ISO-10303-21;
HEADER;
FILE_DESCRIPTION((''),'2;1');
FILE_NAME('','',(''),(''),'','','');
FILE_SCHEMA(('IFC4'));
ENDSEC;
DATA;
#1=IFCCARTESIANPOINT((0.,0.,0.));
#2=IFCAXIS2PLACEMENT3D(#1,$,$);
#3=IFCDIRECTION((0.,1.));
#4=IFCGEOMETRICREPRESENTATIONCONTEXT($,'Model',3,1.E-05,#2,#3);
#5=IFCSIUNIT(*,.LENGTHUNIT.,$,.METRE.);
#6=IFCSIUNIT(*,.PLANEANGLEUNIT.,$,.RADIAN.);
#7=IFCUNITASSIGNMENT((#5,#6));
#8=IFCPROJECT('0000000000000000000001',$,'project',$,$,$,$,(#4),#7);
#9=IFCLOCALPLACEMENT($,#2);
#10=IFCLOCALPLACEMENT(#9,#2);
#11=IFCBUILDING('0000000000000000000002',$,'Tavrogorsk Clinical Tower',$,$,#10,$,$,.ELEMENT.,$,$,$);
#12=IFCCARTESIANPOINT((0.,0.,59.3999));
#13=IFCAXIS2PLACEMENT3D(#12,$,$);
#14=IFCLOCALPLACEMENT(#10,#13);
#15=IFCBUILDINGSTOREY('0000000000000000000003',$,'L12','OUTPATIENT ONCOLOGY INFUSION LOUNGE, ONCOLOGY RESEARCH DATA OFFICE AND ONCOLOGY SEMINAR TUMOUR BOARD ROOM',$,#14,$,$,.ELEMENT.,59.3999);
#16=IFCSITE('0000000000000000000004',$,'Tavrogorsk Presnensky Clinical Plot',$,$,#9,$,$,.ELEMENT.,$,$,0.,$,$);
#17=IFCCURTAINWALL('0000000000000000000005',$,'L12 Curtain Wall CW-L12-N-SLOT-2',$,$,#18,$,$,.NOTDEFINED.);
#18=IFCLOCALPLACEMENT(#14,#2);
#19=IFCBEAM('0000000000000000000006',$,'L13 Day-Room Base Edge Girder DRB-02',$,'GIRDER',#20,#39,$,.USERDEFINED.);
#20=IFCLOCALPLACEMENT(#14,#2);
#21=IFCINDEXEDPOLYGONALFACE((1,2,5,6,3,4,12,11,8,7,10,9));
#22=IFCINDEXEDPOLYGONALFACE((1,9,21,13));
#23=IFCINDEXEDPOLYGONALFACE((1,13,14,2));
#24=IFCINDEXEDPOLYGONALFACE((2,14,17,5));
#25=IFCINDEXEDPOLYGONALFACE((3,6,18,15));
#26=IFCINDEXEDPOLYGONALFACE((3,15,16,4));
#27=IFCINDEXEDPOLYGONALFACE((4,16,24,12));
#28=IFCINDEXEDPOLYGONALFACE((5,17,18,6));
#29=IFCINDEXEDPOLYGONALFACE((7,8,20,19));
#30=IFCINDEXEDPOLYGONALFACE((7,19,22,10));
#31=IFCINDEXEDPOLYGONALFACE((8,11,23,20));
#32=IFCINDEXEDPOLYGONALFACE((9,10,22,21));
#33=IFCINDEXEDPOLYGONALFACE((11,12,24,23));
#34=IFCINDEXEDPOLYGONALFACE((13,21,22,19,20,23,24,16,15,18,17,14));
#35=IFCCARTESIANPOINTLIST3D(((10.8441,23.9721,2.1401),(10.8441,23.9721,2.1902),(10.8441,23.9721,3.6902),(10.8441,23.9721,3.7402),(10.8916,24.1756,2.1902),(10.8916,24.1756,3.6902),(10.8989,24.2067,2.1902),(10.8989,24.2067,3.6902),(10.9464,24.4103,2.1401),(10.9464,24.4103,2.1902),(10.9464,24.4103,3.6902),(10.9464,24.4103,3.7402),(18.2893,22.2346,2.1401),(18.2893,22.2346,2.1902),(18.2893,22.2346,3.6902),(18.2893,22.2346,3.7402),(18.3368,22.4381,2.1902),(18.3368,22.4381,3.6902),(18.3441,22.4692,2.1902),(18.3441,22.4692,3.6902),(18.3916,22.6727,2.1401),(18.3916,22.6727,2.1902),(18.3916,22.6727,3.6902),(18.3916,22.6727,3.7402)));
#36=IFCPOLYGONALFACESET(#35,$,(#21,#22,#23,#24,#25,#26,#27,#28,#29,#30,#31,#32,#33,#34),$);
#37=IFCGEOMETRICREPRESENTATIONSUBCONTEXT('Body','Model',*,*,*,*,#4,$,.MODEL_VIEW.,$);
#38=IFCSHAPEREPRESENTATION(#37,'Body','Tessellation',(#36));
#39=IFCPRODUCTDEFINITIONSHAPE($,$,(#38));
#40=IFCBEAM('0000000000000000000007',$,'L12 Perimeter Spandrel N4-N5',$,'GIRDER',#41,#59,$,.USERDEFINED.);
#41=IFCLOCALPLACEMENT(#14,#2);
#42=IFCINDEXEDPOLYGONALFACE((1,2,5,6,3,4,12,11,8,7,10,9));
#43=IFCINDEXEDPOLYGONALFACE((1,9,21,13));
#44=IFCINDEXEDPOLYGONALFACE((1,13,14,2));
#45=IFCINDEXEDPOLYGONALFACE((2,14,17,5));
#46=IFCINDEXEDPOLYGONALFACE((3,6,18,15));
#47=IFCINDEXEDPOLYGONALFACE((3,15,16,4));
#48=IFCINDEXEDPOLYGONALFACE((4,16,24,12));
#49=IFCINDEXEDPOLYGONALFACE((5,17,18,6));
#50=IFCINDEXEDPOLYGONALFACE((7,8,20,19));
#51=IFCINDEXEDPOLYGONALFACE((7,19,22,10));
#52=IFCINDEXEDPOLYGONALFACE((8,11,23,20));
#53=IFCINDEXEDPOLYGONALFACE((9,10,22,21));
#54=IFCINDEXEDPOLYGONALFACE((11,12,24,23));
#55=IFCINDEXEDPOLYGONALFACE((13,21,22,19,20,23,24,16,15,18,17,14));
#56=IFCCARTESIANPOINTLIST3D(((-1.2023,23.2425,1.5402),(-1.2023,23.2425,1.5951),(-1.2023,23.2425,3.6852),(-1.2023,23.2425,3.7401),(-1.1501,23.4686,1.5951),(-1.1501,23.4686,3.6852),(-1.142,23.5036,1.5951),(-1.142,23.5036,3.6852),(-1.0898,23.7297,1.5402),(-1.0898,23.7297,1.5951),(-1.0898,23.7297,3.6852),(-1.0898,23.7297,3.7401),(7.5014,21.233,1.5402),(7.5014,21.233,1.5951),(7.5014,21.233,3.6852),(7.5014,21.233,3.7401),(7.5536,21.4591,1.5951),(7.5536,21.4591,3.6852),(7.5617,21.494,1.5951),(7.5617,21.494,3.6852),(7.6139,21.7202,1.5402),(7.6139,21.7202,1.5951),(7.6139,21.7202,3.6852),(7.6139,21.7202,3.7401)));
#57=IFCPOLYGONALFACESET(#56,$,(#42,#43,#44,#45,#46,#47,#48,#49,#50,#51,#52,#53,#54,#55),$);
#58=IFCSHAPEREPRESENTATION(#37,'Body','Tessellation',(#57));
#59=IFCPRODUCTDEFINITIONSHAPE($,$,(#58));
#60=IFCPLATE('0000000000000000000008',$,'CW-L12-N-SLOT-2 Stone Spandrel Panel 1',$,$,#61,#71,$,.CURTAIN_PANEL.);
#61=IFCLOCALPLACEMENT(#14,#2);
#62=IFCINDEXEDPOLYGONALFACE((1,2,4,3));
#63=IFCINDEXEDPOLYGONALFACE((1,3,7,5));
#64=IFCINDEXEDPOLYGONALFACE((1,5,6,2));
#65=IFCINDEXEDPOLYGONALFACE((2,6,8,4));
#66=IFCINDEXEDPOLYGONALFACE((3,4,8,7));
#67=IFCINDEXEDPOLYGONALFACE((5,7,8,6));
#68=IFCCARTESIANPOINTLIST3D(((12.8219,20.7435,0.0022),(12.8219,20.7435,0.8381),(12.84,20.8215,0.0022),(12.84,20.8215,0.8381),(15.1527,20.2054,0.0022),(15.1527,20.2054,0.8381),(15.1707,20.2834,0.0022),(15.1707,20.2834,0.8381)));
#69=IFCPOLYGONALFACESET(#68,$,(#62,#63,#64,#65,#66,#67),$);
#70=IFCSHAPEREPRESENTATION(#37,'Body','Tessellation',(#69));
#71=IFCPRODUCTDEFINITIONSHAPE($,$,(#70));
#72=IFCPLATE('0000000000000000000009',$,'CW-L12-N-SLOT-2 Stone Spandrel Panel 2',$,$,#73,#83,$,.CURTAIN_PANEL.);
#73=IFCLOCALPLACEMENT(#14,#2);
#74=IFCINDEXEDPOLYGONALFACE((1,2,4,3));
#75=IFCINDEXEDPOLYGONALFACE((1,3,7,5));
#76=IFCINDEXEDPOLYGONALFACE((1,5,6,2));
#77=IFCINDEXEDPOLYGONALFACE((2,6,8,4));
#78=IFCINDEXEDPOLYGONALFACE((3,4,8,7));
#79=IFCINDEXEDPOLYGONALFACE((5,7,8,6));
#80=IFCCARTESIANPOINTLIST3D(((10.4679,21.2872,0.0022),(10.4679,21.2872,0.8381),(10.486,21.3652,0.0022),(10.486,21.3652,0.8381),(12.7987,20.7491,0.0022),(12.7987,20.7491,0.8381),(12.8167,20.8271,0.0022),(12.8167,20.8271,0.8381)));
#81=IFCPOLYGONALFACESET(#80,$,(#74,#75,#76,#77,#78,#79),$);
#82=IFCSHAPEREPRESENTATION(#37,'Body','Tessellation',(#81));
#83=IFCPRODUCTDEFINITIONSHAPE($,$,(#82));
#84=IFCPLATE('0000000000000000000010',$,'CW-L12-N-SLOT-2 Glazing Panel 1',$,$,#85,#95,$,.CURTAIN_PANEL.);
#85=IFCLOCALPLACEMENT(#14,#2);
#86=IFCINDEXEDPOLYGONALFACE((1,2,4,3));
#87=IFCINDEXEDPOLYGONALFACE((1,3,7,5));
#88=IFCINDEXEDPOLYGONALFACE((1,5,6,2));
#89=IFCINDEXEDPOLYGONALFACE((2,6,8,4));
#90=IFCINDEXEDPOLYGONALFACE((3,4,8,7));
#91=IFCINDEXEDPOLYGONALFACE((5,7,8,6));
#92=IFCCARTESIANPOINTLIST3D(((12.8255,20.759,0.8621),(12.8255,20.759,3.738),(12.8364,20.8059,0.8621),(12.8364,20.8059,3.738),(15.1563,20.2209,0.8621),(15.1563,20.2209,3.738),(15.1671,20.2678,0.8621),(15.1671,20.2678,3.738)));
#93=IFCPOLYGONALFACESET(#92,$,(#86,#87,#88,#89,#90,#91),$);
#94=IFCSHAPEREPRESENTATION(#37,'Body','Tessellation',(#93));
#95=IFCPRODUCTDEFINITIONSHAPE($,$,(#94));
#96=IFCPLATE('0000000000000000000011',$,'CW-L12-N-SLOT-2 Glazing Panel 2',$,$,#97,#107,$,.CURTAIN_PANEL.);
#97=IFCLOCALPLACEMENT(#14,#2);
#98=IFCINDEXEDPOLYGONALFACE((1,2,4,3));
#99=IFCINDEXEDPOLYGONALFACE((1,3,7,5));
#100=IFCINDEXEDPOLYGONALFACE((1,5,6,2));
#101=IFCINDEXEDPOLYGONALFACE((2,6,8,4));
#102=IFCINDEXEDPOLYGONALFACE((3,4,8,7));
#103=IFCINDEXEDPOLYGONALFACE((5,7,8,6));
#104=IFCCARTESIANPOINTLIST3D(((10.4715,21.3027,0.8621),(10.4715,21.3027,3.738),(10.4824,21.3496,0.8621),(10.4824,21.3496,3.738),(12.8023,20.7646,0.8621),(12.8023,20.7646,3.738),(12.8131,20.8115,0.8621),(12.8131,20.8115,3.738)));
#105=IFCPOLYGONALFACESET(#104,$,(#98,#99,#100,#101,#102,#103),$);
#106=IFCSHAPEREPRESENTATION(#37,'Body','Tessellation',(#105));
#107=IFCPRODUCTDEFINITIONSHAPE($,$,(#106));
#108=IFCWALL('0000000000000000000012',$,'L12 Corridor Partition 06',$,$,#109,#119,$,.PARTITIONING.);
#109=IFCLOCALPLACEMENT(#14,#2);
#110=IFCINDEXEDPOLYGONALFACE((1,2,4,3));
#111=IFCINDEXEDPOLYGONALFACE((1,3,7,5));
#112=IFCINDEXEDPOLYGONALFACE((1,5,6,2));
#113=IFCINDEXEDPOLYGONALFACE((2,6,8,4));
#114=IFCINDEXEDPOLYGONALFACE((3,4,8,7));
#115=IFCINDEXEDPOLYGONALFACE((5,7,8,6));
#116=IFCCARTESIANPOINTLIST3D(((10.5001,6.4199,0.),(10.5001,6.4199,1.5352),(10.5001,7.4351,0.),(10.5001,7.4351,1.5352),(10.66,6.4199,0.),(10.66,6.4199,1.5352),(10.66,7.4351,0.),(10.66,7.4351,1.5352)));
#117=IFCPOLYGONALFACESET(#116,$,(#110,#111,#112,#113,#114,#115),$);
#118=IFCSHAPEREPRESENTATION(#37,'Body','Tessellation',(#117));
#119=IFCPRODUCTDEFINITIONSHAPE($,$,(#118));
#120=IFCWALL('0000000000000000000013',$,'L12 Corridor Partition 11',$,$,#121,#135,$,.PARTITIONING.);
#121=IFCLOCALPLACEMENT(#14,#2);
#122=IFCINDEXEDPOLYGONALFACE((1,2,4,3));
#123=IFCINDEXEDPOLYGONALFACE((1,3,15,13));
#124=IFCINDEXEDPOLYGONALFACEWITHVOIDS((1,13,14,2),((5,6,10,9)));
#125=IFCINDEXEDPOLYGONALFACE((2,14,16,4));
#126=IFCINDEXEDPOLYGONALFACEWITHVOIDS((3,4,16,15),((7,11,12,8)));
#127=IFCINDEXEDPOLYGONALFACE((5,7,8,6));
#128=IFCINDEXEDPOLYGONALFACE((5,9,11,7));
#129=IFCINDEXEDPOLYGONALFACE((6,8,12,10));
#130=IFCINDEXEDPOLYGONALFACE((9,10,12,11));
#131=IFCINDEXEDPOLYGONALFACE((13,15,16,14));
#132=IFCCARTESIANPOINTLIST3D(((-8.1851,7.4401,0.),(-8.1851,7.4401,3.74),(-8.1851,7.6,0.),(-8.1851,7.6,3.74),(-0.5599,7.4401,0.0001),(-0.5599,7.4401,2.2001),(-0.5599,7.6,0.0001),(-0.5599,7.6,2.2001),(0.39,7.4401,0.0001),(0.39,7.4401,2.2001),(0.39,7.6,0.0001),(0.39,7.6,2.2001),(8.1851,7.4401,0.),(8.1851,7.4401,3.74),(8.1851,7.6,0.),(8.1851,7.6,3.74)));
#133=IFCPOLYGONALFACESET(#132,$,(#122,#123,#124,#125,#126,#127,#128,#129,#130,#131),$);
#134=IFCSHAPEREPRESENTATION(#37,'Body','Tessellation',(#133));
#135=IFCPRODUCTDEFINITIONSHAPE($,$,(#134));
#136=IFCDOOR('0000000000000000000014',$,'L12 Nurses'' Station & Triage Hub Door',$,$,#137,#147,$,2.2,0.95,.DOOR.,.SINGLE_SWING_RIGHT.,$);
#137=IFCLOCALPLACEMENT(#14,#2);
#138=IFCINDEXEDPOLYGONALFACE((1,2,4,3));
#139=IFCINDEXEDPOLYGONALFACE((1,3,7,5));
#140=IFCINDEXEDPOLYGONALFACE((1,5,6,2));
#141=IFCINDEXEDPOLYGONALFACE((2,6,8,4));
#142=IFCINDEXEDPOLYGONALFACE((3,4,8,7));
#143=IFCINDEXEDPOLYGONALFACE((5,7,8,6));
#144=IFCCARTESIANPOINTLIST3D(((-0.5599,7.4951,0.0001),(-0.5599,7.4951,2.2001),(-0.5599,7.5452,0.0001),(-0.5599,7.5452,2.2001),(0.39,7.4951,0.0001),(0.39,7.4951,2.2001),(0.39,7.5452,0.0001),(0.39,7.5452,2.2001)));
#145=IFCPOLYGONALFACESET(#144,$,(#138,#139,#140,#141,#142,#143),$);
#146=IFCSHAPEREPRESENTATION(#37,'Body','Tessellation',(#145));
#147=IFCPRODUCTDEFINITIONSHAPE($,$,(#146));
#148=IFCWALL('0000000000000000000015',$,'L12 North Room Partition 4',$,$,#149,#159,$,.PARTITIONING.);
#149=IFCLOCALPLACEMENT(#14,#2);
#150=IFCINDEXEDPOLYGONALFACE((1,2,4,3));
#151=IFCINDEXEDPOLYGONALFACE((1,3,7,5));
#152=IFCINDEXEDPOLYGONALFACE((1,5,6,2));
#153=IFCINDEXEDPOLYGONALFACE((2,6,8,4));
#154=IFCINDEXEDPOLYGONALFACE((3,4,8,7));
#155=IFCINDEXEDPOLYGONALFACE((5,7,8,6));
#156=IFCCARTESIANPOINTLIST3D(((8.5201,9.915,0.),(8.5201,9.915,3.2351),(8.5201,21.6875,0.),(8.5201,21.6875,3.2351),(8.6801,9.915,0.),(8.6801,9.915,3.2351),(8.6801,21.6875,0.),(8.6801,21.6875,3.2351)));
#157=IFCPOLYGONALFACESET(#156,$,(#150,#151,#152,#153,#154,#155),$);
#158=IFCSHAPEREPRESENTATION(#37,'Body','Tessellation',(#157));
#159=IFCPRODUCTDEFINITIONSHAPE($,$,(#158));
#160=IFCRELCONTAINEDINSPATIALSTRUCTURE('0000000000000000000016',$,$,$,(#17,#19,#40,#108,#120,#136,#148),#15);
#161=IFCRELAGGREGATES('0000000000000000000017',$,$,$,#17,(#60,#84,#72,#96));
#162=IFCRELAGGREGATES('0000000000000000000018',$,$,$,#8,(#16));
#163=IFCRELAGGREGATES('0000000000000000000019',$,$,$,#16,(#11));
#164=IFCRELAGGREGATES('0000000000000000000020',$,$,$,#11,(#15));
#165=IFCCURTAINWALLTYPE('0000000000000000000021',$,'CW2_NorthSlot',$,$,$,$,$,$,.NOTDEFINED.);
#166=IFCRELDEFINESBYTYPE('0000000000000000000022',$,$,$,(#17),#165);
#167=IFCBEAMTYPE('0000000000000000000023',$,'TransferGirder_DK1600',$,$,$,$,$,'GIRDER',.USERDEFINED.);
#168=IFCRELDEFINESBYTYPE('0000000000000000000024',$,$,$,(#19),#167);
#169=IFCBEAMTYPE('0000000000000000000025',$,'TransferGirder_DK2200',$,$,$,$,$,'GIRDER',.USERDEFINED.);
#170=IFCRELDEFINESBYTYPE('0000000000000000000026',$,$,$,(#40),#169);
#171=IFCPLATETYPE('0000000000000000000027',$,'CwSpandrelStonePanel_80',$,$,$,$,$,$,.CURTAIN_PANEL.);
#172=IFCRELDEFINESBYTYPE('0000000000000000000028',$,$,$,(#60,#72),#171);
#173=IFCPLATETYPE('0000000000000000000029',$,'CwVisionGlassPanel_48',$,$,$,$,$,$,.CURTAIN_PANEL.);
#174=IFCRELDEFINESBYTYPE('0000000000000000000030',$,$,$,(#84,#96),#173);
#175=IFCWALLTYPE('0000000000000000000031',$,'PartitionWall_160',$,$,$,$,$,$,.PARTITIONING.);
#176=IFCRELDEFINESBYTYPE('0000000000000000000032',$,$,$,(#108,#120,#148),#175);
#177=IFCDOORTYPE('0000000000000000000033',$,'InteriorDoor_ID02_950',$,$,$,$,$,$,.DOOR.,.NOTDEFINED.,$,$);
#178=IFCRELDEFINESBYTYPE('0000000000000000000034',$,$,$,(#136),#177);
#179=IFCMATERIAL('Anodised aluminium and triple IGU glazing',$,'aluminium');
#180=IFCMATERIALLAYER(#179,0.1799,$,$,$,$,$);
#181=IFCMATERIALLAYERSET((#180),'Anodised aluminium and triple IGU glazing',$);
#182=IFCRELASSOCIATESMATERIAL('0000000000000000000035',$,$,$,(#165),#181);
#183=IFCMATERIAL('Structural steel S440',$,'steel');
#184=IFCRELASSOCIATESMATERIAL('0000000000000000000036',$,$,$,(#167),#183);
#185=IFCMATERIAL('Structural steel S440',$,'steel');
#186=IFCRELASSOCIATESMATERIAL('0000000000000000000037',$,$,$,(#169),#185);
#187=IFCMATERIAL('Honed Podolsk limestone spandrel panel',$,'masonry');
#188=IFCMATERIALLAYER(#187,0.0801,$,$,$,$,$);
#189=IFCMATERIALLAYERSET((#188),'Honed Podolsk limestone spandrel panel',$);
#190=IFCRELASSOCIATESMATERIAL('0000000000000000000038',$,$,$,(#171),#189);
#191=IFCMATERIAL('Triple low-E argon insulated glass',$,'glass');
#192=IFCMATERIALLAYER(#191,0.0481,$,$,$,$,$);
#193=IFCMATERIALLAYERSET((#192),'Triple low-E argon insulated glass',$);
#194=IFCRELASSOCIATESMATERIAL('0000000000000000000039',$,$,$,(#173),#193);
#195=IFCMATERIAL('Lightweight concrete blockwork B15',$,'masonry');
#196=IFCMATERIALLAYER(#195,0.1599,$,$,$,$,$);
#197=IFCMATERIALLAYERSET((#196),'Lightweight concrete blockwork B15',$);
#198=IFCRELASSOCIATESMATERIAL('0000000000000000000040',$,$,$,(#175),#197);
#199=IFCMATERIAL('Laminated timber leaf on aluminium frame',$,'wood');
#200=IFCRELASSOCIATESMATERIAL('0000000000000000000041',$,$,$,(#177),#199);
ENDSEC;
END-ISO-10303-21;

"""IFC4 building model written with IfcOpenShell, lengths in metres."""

from ifc_helpers import new_model, si_unit, direction, frame, frame_2d, origin, origin_2d, place, context, subcontext, project, spatial, rectangle, i_section, extrude, material, layer, layer_set, material_profile, profile_set, type_object, element, fill, aggregate, save


model = new_model("IFC4")

# Units and contexts
model_context = context("Model", 3, precision=1e-05, world=origin(), true_north=direction((0.0, 1.0)))
body_context = subcontext(model_context, "Body", "Model", "MODEL_VIEW")
ifc_project = project(units=[si_unit("LENGTHUNIT", "METRE"), si_unit("PLANEANGLEUNIT", "RADIAN")], contexts=[model_context])

# Site, building, storey
site_placement = place(None, origin())
site = spatial("IfcSite", under=ifc_project, at=site_placement, Name="Tavrogorsk Presnensky Clinical Plot", CompositionType="ELEMENT", RefElevation=0.0)
building_placement = place(site_placement, origin())
building = spatial("IfcBuilding", under=site, at=building_placement, Name="Tavrogorsk Clinical Tower", CompositionType="ELEMENT")
storey_placement = place(building_placement, frame((0.0, 0.0, 59.3999)))
storey = spatial("IfcBuildingStorey", under=building, at=storey_placement, Name="L12", Description="OUTPATIENT ONCOLOGY INFUSION LOUNGE, ONCOLOGY RESEARCH DATA OFFICE AND ONCOLOGY SEMINAR TUMOUR BOARD ROOM", CompositionType="ELEMENT", Elevation=59.3999)

# Curtain wall
ifc_material_1 = material(Name="Anodised aluminium and triple IGU glazing", Category="aluminium")
ifc_layer_1 = layer(ifc_material_1, 0.1799)
ifc_layer_set_1 = layer_set([ifc_layer_1], Name="Anodised aluminium and triple IGU glazing")
curtain_wall_type = type_object("IfcCurtainWallType", Name="CW2_NorthSlot", PredefinedType="NOTDEFINED", material=ifc_layer_set_1)
curtain_wall_placement = place(storey_placement, origin())
curtain_wall = element("IfcCurtainWall", 1, at=curtain_wall_placement, inside=storey, type_object=curtain_wall_type, Name="L12 Curtain Wall CW-L12-N-SLOT-2", PredefinedType="NOTDEFINED")

# Beams
ifc_material_2 = material(Name="Structural steel S440", Category="steel")
ifc_material_profile_1 = material_profile(ifc_material_2, i_section(OverallWidth=0.45, OverallDepth=1.6001, WebThickness=0.032, FlangeThickness=0.05, at=origin_2d()), Name="DK-1600x450x32x50")
ifc_profile_set_1 = profile_set([ifc_material_profile_1], Name="Structural steel S440")
beam_type_1 = type_object("IfcBeamType", Name="TransferGirder_DK1600", ElementType="GIRDER", PredefinedType="USERDEFINED", material=ifc_profile_set_1)
beam_1_placement = place(storey_placement, frame((10.8953, 24.1912, 2.9402), z_axis=(0.973832, -0.227268, 0.0), x_axis=(0.227268, 0.973832, 0.0)))
element("IfcBeam", 2, at=beam_1_placement, inside=storey, type_object=beam_type_1, Name="L13 Day-Room Base Edge Girder DRB-02", ObjectType="GIRDER", PredefinedType="USERDEFINED", context=body_context, shape_type="SweptSolid", body=[
    extrude(i_section(OverallWidth=0.45, OverallDepth=1.6001, WebThickness=0.032, FlangeThickness=0.05, at=origin_2d()), origin(), (0.0, 0.0, 1.0), 7.6453),
])
ifc_material_3 = material(Name="Structural steel S440", Category="steel")
ifc_material_profile_2 = material_profile(ifc_material_3, i_section(OverallWidth=0.5, OverallDepth=2.2, WebThickness=0.0359, FlangeThickness=0.0549, at=origin_2d()), Name="DK-2200x500x36x55")
ifc_profile_set_2 = profile_set([ifc_material_profile_2], Name="Structural steel S440")
beam_type_2 = type_object("IfcBeamType", Name="TransferGirder_DK2200", ElementType="GIRDER", PredefinedType="USERDEFINED", material=ifc_profile_set_2)
beam_2_placement = place(storey_placement, frame((7.5576, 21.4766, 2.6401), z_axis=(-0.974367, 0.224965, 0.0), x_axis=(-0.224965, -0.974367, 0.0)))
element("IfcBeam", 3, at=beam_2_placement, inside=storey, type_object=beam_type_2, Name="L12 Perimeter Spandrel N4-N5", ObjectType="GIRDER", PredefinedType="USERDEFINED", context=body_context, shape_type="SweptSolid", body=[
    extrude(i_section(OverallWidth=0.5, OverallDepth=2.2, WebThickness=0.0359, FlangeThickness=0.0549, at=origin_2d()), origin(), (0.0, 0.0, 1.0), 8.9326),
])

# Plates
ifc_material_4 = material(Name="Honed Podolsk limestone spandrel panel", Category="masonry")
ifc_layer_2 = layer(ifc_material_4, 0.0801)
ifc_layer_set_2 = layer_set([ifc_layer_2], Name="Honed Podolsk limestone spandrel panel")
plate_type_1 = type_object("IfcPlateType", Name="CwSpandrelStonePanel_80", PredefinedType="CURTAIN_PANEL", material=ifc_layer_set_2)
plate_1_placement = place(storey_placement, frame((13.9963, 20.5134, 0.0022), z_axis=(0.0, 0.0, 1.0), x_axis=(-0.97437, 0.224951, 0.0)))
plate_1 = element("IfcPlate", 4, at=plate_1_placement, type_object=plate_type_1, Name="CW-L12-N-SLOT-2 Stone Spandrel Panel 1", PredefinedType="CURTAIN_PANEL", context=body_context, shape_type="SweptSolid", body=[
    extrude(rectangle(XDim=2.3921, YDim=0.0801, at=origin_2d()), origin(), (0.0, 0.0, 1.0), 0.8359),
])
plate_2_placement = place(storey_placement, frame((11.6423, 21.0571, 0.0022), z_axis=(0.0, 0.0, 1.0), x_axis=(-0.97437, 0.224951, 0.0)))
plate_2 = element("IfcPlate", 5, at=plate_2_placement, type_object=plate_type_1, Name="CW-L12-N-SLOT-2 Stone Spandrel Panel 2", PredefinedType="CURTAIN_PANEL", context=body_context, shape_type="SweptSolid", body=[
    extrude(rectangle(XDim=2.3921, YDim=0.0801, at=origin_2d()), origin(), (0.0, 0.0, 1.0), 0.8359),
])
ifc_material_5 = material(Name="Triple low-E argon insulated glass", Category="glass")
ifc_layer_3 = layer(ifc_material_5, 0.0481)
ifc_layer_set_3 = layer_set([ifc_layer_3], Name="Triple low-E argon insulated glass")
plate_type_2 = type_object("IfcPlateType", Name="CwVisionGlassPanel_48", PredefinedType="CURTAIN_PANEL", material=ifc_layer_set_3)
plate_3_placement = place(storey_placement, frame((13.9963, 20.5134, 0.8621), z_axis=(0.0, 0.0, 1.0), x_axis=(-0.97437, 0.224951, 0.0)))
plate_3 = element("IfcPlate", 6, at=plate_3_placement, type_object=plate_type_2, Name="CW-L12-N-SLOT-2 Glazing Panel 1", PredefinedType="CURTAIN_PANEL", context=body_context, shape_type="SweptSolid", body=[
    extrude(rectangle(XDim=2.3921, YDim=0.0481, at=origin_2d()), origin(), (0.0, 0.0, 1.0), 2.876),
])
plate_4_placement = place(storey_placement, frame((11.6423, 21.0571, 0.8621), z_axis=(0.0, 0.0, 1.0), x_axis=(-0.97437, 0.224951, 0.0)))
plate_4 = element("IfcPlate", 7, at=plate_4_placement, type_object=plate_type_2, Name="CW-L12-N-SLOT-2 Glazing Panel 2", PredefinedType="CURTAIN_PANEL", context=body_context, shape_type="SweptSolid", body=[
    extrude(rectangle(XDim=2.3921, YDim=0.0481, at=origin_2d()), origin(), (0.0, 0.0, 1.0), 2.876),
])
aggregate(curtain_wall, [plate_1, plate_3, plate_2, plate_4])

# Wall
ifc_material_6 = material(Name="Lightweight concrete blockwork B15", Category="masonry")
ifc_layer_4 = layer(ifc_material_6, 0.1599)
ifc_layer_set_4 = layer_set([ifc_layer_4], Name="Lightweight concrete blockwork B15")
wall_type_1 = type_object("IfcWallType", Name="PartitionWall_160", PredefinedType="PARTITIONING", material=ifc_layer_set_4)
wall_1_placement = place(storey_placement, frame((10.5801, 7.4351, 0.0), z_axis=(0.0, 0.0, 1.0), x_axis=(0.0, -1.0, 0.0)))
element("IfcWall", 8, at=wall_1_placement, inside=storey, type_object=wall_type_1, Name="L12 Corridor Partition 06", PredefinedType="PARTITIONING", context=body_context, shape_type="SweptSolid", body=[
    extrude(rectangle(XDim=1.0151, YDim=0.1599, at=frame_2d((0.5076, 0.0))), origin(), (0.0, 0.0, 1.0), 1.5352),
])

# Wall, opening, door
wall_2_placement = place(storey_placement, frame((8.1851, 7.52, 0.0), z_axis=(0.0, 0.0, 1.0), x_axis=(-1.0, 0.0, 0.0)))
wall_2 = element("IfcWall", 9, at=wall_2_placement, inside=storey, type_object=wall_type_1, Name="L12 Corridor Partition 11", PredefinedType="PARTITIONING", context=body_context, shape_type="SweptSolid", body=[
    extrude(rectangle(XDim=16.3701, YDim=0.1599, at=frame_2d((8.1851, 0.0))), origin(), (0.0, 0.0, 1.0), 3.74),
])
opening_1_placement = place(wall_2_placement, frame((7.7949, 0.0, 0.0)))
opening_1 = element("IfcOpeningElement", 10, at=opening_1_placement, cuts=wall_2, PredefinedType="OPENING", context=body_context, shape_type="SweptSolid", body=[
    extrude(rectangle(XDim=0.95, YDim=2.2, at=frame_2d((0.4751, 1.1001))), frame((0.0, 0.0898, 0.0), z_axis=(0.0, -1.0, 0.0), x_axis=(1.0, 0.0, 0.0)), (0.0, 0.0, 1.0), 0.1799),
])
ifc_material_7 = material(Name="Laminated timber leaf on aluminium frame", Category="wood")
door_type = type_object("IfcDoorType", Name="InteriorDoor_ID02_950", OperationType="NOTDEFINED", PredefinedType="DOOR", material=ifc_material_7)
door_placement = place(opening_1_placement, origin())
door = element("IfcDoor", 11, at=door_placement, inside=storey, type_object=door_type, Name="L12 Nurses' Station & Triage Hub Door", OperationType="SINGLE_SWING_RIGHT", OverallHeight=2.2, OverallWidth=0.95, PredefinedType="DOOR", context=body_context, shape_type="SweptSolid", body=[
    extrude(rectangle(XDim=0.95, YDim=2.2, at=frame_2d((0.4751, 1.1001))), frame((0.0, 0.0249, 0.0), z_axis=(0.0, -1.0, 0.0), x_axis=(1.0, 0.0, 0.0)), (0.0, 0.0, 1.0), 0.05),
])
fill(opening_1, door)

# Wall
wall_3_placement = place(storey_placement, frame((8.6001, 9.915, 0.0), z_axis=(0.0, 0.0, 1.0), x_axis=(0.0, 1.0, 0.0)))
element("IfcWall", 12, at=wall_3_placement, inside=storey, type_object=wall_type_1, Name="L12 North Room Partition 4", PredefinedType="PARTITIONING", context=body_context, shape_type="SweptSolid", body=[
    extrude(rectangle(XDim=11.7725, YDim=0.1599, at=frame_2d((5.8862, 0.0))), origin(), (0.0, 0.0, 1.0), 3.2351),
])

save(model, "model.ifc")
